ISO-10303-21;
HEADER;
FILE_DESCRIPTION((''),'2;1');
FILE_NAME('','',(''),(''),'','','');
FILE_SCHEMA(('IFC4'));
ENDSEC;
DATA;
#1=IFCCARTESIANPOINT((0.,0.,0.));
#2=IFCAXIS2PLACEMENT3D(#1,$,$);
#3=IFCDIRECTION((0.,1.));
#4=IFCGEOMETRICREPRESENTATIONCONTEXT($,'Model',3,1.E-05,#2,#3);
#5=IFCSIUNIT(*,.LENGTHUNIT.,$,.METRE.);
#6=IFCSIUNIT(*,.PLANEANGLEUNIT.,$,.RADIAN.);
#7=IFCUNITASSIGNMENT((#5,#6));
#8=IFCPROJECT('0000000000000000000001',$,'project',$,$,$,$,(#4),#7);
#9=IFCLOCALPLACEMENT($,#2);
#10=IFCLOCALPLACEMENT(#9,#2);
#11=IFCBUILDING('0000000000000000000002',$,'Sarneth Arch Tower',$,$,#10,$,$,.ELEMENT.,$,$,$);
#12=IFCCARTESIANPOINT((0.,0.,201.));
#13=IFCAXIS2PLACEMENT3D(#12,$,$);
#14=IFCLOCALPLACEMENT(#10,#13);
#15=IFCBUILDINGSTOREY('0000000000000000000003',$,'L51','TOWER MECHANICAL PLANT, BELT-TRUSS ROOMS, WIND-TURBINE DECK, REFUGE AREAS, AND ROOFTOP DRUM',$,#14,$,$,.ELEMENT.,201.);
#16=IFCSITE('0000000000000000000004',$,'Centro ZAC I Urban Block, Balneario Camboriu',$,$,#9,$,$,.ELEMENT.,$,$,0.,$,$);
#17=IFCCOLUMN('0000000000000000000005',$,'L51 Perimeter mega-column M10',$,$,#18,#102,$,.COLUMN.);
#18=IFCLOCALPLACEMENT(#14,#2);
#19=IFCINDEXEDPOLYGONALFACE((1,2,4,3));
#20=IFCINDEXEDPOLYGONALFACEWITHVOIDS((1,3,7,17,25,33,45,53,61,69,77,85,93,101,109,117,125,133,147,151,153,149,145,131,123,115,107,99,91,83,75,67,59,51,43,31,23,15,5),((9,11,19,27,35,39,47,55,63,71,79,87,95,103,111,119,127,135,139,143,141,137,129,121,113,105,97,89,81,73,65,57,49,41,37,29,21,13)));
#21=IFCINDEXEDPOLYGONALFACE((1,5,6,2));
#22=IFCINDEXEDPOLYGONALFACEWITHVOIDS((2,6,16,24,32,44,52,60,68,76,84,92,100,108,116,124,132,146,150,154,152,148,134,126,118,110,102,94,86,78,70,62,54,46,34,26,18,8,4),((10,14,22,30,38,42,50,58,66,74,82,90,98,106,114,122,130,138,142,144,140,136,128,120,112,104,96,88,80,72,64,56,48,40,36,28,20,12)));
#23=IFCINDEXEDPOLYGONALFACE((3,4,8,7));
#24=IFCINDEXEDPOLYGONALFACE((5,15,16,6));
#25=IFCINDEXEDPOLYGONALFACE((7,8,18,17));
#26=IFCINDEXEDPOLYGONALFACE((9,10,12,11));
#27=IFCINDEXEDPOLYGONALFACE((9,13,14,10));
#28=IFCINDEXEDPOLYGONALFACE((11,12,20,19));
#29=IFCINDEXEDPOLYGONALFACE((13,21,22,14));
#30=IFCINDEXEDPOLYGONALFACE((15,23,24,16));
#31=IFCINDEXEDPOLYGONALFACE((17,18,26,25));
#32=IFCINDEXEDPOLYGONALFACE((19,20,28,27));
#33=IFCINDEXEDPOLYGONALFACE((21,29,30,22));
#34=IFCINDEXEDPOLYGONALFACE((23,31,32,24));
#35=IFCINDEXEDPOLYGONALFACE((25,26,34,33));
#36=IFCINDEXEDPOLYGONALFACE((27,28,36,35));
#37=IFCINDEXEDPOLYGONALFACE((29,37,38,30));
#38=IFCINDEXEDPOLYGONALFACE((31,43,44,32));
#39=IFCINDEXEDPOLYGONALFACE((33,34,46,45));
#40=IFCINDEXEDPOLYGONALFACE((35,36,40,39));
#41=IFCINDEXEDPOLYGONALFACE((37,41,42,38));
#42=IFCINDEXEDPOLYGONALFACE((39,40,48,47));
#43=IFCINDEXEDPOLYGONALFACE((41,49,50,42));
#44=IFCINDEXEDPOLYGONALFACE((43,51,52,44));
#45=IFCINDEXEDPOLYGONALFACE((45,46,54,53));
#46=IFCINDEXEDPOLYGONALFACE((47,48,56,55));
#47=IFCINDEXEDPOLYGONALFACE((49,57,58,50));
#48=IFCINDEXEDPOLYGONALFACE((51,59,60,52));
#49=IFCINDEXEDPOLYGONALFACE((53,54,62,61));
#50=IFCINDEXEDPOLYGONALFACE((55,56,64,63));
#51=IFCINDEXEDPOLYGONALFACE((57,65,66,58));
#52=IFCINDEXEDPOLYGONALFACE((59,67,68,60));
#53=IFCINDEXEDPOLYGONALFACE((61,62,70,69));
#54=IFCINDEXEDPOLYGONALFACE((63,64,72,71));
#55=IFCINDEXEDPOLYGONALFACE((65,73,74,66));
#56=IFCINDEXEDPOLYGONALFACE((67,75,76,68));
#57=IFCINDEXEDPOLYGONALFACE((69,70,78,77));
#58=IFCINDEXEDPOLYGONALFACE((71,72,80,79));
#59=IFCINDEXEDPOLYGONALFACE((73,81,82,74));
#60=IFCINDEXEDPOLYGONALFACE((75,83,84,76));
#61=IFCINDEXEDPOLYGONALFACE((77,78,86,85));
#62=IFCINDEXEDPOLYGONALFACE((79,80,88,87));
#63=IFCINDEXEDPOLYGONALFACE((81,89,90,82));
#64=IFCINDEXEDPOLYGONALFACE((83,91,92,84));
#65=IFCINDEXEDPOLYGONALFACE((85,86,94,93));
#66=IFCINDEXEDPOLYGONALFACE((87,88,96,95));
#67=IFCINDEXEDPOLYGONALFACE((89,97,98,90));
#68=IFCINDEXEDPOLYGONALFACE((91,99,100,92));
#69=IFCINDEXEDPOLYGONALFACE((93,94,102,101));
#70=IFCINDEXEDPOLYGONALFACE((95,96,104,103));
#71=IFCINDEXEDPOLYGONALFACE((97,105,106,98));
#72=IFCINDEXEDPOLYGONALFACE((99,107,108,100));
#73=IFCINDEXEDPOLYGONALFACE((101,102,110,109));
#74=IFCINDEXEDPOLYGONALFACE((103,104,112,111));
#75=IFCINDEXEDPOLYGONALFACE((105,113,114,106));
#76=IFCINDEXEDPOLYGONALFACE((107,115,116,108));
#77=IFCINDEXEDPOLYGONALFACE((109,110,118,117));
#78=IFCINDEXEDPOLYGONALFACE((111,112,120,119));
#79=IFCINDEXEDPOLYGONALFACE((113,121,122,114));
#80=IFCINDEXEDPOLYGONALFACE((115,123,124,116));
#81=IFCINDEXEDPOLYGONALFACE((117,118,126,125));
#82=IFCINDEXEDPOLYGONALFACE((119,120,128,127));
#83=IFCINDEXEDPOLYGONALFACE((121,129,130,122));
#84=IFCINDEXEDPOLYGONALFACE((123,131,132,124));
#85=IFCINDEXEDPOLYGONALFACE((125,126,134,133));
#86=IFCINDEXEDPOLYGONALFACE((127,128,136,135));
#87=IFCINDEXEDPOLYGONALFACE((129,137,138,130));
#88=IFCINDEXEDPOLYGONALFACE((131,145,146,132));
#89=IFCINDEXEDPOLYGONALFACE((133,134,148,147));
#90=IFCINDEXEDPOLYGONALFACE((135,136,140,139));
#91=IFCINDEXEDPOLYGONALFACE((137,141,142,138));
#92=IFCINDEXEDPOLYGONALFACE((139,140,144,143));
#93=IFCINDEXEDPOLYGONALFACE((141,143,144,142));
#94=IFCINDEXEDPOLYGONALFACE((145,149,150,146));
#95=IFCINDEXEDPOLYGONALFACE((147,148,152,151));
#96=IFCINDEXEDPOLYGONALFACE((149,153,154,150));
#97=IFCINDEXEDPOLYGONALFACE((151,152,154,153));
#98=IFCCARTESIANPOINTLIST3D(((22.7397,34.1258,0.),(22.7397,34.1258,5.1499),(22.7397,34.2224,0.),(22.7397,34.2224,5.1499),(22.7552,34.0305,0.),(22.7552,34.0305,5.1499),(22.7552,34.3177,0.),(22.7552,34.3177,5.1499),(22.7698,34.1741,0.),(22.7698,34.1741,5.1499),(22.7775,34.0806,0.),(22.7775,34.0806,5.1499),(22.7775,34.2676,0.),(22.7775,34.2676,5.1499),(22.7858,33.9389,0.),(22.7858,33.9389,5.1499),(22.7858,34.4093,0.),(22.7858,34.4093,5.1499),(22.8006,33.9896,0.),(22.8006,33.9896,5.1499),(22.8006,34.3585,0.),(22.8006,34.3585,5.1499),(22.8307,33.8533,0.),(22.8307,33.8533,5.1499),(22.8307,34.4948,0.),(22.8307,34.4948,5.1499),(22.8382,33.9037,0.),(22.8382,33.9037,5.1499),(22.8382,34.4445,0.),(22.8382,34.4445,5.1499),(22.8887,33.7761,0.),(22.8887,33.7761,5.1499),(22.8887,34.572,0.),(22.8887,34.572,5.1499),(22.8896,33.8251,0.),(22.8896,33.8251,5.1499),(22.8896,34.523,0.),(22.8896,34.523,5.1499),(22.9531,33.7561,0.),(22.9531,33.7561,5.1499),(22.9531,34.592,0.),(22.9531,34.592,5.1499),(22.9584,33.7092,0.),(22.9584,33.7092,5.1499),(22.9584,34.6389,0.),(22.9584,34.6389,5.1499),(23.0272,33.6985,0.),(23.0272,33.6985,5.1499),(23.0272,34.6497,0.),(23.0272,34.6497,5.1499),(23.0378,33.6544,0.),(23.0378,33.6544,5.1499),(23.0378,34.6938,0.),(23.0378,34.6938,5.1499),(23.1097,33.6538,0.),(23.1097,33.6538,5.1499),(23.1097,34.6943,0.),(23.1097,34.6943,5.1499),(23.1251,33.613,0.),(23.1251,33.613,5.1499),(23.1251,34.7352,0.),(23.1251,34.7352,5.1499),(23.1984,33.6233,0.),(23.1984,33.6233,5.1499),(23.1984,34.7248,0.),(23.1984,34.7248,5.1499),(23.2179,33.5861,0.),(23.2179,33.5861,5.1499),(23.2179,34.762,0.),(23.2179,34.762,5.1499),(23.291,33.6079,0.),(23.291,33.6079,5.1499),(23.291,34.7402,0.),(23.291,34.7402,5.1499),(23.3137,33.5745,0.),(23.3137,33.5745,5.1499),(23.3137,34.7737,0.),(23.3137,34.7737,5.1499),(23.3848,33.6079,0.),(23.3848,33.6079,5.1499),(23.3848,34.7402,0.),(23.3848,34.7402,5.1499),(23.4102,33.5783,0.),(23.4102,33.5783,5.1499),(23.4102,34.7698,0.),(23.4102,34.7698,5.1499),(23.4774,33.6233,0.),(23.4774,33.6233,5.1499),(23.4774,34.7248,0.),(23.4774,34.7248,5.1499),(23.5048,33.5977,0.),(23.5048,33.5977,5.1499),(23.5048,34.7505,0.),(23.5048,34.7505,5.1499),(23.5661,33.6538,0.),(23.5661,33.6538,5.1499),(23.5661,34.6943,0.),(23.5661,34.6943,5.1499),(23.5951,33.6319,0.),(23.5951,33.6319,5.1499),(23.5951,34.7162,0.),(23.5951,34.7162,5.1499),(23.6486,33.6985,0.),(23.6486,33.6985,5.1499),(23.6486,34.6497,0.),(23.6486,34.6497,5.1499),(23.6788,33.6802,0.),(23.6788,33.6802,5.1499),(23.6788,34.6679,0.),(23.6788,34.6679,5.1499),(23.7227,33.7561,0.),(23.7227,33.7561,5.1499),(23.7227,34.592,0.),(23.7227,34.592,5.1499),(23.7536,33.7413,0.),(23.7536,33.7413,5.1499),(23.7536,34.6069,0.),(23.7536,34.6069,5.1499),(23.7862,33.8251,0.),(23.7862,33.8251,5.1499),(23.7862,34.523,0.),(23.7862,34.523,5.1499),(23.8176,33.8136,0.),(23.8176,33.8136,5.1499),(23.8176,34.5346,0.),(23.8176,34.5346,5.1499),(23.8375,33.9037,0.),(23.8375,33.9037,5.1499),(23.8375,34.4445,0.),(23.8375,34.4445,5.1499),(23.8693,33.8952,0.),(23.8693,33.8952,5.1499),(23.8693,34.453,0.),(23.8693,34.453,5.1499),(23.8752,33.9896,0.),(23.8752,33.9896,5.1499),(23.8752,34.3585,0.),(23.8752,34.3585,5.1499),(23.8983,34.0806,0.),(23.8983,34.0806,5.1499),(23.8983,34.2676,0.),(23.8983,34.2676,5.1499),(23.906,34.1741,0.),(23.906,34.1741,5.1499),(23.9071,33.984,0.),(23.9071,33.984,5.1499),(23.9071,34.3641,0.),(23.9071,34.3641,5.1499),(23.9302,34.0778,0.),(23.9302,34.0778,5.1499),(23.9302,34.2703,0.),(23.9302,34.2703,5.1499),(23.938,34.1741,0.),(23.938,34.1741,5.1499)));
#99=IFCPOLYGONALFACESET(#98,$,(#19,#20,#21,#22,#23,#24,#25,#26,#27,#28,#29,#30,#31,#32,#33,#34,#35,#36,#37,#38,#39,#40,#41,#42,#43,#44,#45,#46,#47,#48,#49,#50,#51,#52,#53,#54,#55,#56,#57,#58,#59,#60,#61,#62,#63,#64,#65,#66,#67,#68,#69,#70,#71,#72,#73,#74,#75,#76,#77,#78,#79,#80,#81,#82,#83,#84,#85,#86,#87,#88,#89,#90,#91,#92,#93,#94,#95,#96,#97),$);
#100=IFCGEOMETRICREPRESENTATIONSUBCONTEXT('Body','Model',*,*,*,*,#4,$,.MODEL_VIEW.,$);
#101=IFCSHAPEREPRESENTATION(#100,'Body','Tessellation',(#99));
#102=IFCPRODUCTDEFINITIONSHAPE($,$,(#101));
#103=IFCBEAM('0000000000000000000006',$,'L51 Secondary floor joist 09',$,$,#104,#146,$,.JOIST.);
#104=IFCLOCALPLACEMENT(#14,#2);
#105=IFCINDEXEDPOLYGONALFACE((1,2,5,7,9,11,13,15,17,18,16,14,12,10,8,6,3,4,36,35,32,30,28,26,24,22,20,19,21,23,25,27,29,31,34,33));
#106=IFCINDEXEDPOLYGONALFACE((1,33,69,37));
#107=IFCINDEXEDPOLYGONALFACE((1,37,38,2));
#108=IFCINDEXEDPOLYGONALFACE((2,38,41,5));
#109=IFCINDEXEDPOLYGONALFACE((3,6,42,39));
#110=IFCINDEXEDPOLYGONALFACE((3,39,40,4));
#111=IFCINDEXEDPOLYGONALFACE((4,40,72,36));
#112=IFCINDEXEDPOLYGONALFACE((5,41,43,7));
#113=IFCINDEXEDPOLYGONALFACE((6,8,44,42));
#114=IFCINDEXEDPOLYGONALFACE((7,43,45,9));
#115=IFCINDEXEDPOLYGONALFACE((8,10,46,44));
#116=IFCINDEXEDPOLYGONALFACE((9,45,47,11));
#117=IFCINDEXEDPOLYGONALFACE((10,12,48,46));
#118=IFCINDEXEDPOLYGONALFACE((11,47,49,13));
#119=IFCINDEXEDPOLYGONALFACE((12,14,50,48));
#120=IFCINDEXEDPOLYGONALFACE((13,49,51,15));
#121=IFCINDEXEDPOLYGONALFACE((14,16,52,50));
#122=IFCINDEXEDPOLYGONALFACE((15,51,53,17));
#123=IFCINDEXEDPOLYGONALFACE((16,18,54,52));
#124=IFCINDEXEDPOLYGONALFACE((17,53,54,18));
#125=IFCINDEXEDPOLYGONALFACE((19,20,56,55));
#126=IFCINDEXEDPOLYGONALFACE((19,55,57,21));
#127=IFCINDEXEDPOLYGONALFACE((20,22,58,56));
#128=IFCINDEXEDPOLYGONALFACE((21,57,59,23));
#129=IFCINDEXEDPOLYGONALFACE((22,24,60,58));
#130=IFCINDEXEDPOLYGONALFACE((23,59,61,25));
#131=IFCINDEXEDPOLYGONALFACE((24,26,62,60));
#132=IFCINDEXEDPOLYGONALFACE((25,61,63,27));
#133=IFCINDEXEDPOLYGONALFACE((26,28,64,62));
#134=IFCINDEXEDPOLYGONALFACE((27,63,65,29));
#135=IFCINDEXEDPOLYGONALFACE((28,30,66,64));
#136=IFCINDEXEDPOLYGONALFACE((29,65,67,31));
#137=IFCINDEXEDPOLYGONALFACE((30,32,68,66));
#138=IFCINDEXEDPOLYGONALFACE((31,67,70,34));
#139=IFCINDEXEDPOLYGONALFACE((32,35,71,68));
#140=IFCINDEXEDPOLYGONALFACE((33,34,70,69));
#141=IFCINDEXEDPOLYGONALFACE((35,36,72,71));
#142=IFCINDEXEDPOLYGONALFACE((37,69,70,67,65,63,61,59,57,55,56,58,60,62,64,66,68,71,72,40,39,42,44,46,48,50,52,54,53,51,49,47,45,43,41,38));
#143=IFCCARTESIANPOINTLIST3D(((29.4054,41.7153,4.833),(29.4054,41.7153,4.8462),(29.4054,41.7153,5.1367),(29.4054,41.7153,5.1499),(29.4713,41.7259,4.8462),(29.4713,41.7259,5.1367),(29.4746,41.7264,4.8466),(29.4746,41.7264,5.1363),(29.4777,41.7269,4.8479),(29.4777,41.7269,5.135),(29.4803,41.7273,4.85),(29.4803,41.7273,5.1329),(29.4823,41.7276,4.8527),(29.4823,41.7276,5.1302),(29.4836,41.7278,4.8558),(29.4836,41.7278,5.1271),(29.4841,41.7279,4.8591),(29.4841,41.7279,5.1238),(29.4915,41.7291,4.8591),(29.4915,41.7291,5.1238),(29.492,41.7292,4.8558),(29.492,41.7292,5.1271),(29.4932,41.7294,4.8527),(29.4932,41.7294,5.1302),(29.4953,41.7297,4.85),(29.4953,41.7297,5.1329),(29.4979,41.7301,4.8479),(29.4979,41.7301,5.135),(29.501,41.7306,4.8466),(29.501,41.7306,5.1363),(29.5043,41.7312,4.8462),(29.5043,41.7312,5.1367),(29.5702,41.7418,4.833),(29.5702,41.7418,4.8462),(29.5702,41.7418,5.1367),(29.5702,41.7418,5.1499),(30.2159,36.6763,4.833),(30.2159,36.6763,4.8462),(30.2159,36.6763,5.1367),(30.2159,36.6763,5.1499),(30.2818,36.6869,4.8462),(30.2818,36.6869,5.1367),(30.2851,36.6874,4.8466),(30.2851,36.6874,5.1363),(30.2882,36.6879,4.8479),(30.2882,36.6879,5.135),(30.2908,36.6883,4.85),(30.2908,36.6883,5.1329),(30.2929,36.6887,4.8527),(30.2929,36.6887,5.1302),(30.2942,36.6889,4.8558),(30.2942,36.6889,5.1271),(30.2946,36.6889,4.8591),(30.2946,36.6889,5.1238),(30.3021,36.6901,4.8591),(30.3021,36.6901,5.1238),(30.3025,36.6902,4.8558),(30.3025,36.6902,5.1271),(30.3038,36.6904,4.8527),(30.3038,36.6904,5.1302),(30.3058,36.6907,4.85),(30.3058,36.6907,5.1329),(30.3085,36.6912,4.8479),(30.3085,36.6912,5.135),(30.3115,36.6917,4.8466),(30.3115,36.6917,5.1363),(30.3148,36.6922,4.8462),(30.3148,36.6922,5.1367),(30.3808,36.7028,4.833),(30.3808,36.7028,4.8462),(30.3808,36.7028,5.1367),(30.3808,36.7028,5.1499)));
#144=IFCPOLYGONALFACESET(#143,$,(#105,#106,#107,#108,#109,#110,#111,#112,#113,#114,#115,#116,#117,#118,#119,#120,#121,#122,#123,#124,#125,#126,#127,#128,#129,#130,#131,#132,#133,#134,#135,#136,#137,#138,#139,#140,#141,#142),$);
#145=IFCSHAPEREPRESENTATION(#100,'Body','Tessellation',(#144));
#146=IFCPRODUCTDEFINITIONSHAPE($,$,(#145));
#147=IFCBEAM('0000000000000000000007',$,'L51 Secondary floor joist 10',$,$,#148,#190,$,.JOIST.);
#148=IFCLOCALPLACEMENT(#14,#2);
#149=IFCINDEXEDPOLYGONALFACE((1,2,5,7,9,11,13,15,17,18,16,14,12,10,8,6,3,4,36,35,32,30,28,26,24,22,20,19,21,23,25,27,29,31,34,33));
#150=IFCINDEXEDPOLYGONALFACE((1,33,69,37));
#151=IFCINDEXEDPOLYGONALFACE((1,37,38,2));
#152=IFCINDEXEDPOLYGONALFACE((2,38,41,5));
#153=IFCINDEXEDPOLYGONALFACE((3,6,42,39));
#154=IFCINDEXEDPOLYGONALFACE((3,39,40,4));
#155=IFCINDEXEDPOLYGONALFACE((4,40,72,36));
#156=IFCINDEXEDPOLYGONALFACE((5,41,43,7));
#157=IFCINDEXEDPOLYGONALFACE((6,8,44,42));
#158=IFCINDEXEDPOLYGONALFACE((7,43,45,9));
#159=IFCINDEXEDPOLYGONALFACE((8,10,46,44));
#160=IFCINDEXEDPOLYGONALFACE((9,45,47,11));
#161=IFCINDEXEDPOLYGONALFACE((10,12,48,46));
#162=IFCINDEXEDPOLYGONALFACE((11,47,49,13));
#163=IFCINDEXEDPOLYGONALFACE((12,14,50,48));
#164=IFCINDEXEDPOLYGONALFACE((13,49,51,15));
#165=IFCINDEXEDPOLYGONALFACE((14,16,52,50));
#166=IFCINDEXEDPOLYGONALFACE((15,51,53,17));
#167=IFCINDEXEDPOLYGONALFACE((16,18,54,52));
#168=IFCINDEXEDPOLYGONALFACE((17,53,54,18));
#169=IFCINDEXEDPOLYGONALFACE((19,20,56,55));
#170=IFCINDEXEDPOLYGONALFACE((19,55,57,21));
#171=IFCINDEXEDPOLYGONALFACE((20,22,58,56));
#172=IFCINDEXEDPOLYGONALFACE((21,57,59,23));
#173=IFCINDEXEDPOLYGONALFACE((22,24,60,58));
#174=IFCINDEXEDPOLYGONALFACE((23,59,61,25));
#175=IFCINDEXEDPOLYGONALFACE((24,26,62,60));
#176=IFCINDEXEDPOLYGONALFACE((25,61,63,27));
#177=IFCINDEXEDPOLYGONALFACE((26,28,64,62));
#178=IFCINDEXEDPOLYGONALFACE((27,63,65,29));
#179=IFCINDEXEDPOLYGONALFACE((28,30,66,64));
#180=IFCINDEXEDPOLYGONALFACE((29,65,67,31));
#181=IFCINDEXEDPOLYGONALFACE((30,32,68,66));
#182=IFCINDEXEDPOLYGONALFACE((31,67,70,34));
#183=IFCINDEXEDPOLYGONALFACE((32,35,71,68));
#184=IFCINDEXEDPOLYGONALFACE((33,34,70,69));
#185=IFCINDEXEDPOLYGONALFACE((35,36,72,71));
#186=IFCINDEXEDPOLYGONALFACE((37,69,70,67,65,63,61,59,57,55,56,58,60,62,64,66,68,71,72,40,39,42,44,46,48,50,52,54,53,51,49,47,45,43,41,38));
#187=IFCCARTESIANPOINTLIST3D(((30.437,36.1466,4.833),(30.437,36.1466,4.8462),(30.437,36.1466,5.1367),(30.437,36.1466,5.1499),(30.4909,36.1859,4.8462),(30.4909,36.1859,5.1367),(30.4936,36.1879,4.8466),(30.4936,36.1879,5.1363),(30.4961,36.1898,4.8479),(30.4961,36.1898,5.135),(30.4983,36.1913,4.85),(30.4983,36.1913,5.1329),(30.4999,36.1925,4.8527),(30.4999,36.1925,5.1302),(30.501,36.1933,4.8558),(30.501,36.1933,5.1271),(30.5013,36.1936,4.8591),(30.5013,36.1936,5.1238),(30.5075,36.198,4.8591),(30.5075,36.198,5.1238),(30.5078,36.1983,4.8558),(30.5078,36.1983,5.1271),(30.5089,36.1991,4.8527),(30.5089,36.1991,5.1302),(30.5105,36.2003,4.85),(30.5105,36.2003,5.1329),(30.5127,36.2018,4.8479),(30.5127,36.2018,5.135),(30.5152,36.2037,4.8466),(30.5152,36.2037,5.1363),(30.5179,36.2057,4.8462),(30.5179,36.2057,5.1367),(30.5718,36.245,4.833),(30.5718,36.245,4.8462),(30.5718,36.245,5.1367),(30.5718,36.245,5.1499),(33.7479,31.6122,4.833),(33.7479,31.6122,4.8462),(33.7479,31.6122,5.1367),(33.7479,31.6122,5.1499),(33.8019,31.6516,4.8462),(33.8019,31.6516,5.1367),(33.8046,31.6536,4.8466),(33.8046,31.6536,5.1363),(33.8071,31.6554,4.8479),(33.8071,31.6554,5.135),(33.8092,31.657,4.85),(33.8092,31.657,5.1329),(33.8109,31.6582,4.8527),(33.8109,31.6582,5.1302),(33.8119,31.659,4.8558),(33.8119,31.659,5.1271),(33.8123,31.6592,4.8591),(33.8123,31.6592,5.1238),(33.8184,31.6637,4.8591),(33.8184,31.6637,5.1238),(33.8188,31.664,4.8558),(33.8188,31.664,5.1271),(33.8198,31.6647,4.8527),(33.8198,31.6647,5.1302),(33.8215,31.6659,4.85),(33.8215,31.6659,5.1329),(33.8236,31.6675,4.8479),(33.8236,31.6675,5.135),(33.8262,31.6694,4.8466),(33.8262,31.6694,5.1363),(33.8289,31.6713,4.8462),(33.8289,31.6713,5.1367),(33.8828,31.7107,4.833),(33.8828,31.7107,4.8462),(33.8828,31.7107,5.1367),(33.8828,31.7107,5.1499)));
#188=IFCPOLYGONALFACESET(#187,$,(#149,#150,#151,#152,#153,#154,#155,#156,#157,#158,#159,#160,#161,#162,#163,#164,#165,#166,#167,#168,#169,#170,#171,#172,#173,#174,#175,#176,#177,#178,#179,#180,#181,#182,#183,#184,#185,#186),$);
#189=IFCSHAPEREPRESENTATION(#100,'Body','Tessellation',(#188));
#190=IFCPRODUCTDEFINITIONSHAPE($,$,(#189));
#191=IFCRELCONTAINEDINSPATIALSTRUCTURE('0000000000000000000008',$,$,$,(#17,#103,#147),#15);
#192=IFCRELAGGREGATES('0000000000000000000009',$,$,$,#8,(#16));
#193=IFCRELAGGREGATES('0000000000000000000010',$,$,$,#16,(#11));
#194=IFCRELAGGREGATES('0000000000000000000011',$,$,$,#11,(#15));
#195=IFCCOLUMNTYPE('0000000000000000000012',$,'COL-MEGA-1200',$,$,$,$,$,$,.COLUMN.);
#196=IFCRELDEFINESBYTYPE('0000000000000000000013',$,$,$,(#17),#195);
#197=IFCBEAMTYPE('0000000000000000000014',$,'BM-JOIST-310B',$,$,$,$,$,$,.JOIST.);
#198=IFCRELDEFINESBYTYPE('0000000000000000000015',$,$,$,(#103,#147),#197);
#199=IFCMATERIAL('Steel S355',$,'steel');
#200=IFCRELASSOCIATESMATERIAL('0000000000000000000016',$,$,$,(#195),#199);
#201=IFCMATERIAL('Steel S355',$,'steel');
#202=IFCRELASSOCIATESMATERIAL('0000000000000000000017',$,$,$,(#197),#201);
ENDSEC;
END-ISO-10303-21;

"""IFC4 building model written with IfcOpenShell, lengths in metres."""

from ifc_helpers import new_model, si_unit, direction, frame, origin, origin_2d, place, context, subcontext, project, spatial, hollow_circle, i_section, extrude, material, material_profile, profile_set, type_object, element, save


model = new_model("IFC4")

# Units and contexts
model_context = context("Model", 3, precision=1e-05, world=origin(), true_north=direction((0.0, 1.0)))
body_context = subcontext(model_context, "Body", "Model", "MODEL_VIEW")
ifc_project = project(units=[si_unit("LENGTHUNIT", "METRE"), si_unit("PLANEANGLEUNIT", "RADIAN")], contexts=[model_context])

# Site, building, storey
site_placement = place(None, origin())
site = spatial("IfcSite", under=ifc_project, at=site_placement, Name="Centro ZAC I Urban Block, Balneario Camboriu", CompositionType="ELEMENT", RefElevation=0.0)
building_placement = place(site_placement, origin())
building = spatial("IfcBuilding", under=site, at=building_placement, Name="Sarneth Arch Tower", CompositionType="ELEMENT")
storey_placement = place(building_placement, frame((0.0, 0.0, 201.0)))
storey = spatial("IfcBuildingStorey", under=building, at=storey_placement, Name="L51", Description="TOWER MECHANICAL PLANT, BELT-TRUSS ROOMS, WIND-TURBINE DECK, REFUGE AREAS, AND ROOFTOP DRUM", CompositionType="ELEMENT", Elevation=201.0)

# Column
ifc_material_1 = material(Name="Steel S355", Category="steel")
ifc_material_profile_1 = material_profile(ifc_material_1, hollow_circle(Radius=0.6001, WallThickness=0.032, at=origin_2d()), Name="CHS1200x32")
ifc_profile_set_1 = profile_set([ifc_material_profile_1], Name="Steel S355")
column_type = type_object("IfcColumnType", Name="COL-MEGA-1200", PredefinedType="COLUMN", material=ifc_profile_set_1)
column_placement = place(storey_placement, frame((23.3379, 34.1741, 0.0), z_axis=(0.0, 0.0, 1.0), x_axis=(1.0, 0.0, 0.0)))
element("IfcColumn", 1, at=column_placement, inside=storey, type_object=column_type, Name="L51 Perimeter mega-column M10", PredefinedType="COLUMN", context=body_context, shape_type="SweptSolid", body=[
    extrude(hollow_circle(Radius=0.6001, WallThickness=0.032, at=origin_2d()), origin(), (0.0, 0.0, 1.0), 5.1499),
])

# Beams
ifc_material_2 = material(Name="Steel S355", Category="steel")
ifc_material_profile_2 = material_profile(ifc_material_2, i_section(OverallWidth=0.167, OverallDepth=0.3169, WebThickness=0.0076, FlangeThickness=0.0132, FilletRadius=0.0129, at=origin_2d()), Name="W310x52")
ifc_profile_set_2 = profile_set([ifc_material_profile_2], Name="Steel S355")
beam_type_1 = type_object("IfcBeamType", Name="BM-JOIST-310B", PredefinedType="JOIST", material=ifc_profile_set_2)
beam_1_placement = place(storey_placement, frame((29.4878, 41.7285, 4.9915), z_axis=(0.158811, -0.987309, 0.0), x_axis=(0.987309, 0.158811, 0.0)))
element("IfcBeam", 2, at=beam_1_placement, inside=storey, type_object=beam_type_1, Name="L51 Secondary floor joist 09", PredefinedType="JOIST", context=body_context, shape_type="SweptSolid", body=[
    extrude(i_section(OverallWidth=0.167, OverallDepth=0.3169, WebThickness=0.0076, FlangeThickness=0.0132, FilletRadius=0.0129, at=origin_2d()), origin(), (0.0, 0.0, 1.0), 5.1038),
])
beam_2_placement = place(storey_placement, frame((30.5044, 36.1958, 4.9915), z_axis=(0.589717, -0.80761, 0.0), x_axis=(0.80761, 0.589717, 0.0)))
element("IfcBeam", 3, at=beam_2_placement, inside=storey, type_object=beam_type_1, Name="L51 Secondary floor joist 10", PredefinedType="JOIST", context=body_context, shape_type="SweptSolid", body=[
    extrude(i_section(OverallWidth=0.167, OverallDepth=0.3169, WebThickness=0.0076, FlangeThickness=0.0132, FilletRadius=0.0129, at=origin_2d()), origin(), (0.0, 0.0, 1.0), 5.6145),
])

save(model, "model.ifc")
